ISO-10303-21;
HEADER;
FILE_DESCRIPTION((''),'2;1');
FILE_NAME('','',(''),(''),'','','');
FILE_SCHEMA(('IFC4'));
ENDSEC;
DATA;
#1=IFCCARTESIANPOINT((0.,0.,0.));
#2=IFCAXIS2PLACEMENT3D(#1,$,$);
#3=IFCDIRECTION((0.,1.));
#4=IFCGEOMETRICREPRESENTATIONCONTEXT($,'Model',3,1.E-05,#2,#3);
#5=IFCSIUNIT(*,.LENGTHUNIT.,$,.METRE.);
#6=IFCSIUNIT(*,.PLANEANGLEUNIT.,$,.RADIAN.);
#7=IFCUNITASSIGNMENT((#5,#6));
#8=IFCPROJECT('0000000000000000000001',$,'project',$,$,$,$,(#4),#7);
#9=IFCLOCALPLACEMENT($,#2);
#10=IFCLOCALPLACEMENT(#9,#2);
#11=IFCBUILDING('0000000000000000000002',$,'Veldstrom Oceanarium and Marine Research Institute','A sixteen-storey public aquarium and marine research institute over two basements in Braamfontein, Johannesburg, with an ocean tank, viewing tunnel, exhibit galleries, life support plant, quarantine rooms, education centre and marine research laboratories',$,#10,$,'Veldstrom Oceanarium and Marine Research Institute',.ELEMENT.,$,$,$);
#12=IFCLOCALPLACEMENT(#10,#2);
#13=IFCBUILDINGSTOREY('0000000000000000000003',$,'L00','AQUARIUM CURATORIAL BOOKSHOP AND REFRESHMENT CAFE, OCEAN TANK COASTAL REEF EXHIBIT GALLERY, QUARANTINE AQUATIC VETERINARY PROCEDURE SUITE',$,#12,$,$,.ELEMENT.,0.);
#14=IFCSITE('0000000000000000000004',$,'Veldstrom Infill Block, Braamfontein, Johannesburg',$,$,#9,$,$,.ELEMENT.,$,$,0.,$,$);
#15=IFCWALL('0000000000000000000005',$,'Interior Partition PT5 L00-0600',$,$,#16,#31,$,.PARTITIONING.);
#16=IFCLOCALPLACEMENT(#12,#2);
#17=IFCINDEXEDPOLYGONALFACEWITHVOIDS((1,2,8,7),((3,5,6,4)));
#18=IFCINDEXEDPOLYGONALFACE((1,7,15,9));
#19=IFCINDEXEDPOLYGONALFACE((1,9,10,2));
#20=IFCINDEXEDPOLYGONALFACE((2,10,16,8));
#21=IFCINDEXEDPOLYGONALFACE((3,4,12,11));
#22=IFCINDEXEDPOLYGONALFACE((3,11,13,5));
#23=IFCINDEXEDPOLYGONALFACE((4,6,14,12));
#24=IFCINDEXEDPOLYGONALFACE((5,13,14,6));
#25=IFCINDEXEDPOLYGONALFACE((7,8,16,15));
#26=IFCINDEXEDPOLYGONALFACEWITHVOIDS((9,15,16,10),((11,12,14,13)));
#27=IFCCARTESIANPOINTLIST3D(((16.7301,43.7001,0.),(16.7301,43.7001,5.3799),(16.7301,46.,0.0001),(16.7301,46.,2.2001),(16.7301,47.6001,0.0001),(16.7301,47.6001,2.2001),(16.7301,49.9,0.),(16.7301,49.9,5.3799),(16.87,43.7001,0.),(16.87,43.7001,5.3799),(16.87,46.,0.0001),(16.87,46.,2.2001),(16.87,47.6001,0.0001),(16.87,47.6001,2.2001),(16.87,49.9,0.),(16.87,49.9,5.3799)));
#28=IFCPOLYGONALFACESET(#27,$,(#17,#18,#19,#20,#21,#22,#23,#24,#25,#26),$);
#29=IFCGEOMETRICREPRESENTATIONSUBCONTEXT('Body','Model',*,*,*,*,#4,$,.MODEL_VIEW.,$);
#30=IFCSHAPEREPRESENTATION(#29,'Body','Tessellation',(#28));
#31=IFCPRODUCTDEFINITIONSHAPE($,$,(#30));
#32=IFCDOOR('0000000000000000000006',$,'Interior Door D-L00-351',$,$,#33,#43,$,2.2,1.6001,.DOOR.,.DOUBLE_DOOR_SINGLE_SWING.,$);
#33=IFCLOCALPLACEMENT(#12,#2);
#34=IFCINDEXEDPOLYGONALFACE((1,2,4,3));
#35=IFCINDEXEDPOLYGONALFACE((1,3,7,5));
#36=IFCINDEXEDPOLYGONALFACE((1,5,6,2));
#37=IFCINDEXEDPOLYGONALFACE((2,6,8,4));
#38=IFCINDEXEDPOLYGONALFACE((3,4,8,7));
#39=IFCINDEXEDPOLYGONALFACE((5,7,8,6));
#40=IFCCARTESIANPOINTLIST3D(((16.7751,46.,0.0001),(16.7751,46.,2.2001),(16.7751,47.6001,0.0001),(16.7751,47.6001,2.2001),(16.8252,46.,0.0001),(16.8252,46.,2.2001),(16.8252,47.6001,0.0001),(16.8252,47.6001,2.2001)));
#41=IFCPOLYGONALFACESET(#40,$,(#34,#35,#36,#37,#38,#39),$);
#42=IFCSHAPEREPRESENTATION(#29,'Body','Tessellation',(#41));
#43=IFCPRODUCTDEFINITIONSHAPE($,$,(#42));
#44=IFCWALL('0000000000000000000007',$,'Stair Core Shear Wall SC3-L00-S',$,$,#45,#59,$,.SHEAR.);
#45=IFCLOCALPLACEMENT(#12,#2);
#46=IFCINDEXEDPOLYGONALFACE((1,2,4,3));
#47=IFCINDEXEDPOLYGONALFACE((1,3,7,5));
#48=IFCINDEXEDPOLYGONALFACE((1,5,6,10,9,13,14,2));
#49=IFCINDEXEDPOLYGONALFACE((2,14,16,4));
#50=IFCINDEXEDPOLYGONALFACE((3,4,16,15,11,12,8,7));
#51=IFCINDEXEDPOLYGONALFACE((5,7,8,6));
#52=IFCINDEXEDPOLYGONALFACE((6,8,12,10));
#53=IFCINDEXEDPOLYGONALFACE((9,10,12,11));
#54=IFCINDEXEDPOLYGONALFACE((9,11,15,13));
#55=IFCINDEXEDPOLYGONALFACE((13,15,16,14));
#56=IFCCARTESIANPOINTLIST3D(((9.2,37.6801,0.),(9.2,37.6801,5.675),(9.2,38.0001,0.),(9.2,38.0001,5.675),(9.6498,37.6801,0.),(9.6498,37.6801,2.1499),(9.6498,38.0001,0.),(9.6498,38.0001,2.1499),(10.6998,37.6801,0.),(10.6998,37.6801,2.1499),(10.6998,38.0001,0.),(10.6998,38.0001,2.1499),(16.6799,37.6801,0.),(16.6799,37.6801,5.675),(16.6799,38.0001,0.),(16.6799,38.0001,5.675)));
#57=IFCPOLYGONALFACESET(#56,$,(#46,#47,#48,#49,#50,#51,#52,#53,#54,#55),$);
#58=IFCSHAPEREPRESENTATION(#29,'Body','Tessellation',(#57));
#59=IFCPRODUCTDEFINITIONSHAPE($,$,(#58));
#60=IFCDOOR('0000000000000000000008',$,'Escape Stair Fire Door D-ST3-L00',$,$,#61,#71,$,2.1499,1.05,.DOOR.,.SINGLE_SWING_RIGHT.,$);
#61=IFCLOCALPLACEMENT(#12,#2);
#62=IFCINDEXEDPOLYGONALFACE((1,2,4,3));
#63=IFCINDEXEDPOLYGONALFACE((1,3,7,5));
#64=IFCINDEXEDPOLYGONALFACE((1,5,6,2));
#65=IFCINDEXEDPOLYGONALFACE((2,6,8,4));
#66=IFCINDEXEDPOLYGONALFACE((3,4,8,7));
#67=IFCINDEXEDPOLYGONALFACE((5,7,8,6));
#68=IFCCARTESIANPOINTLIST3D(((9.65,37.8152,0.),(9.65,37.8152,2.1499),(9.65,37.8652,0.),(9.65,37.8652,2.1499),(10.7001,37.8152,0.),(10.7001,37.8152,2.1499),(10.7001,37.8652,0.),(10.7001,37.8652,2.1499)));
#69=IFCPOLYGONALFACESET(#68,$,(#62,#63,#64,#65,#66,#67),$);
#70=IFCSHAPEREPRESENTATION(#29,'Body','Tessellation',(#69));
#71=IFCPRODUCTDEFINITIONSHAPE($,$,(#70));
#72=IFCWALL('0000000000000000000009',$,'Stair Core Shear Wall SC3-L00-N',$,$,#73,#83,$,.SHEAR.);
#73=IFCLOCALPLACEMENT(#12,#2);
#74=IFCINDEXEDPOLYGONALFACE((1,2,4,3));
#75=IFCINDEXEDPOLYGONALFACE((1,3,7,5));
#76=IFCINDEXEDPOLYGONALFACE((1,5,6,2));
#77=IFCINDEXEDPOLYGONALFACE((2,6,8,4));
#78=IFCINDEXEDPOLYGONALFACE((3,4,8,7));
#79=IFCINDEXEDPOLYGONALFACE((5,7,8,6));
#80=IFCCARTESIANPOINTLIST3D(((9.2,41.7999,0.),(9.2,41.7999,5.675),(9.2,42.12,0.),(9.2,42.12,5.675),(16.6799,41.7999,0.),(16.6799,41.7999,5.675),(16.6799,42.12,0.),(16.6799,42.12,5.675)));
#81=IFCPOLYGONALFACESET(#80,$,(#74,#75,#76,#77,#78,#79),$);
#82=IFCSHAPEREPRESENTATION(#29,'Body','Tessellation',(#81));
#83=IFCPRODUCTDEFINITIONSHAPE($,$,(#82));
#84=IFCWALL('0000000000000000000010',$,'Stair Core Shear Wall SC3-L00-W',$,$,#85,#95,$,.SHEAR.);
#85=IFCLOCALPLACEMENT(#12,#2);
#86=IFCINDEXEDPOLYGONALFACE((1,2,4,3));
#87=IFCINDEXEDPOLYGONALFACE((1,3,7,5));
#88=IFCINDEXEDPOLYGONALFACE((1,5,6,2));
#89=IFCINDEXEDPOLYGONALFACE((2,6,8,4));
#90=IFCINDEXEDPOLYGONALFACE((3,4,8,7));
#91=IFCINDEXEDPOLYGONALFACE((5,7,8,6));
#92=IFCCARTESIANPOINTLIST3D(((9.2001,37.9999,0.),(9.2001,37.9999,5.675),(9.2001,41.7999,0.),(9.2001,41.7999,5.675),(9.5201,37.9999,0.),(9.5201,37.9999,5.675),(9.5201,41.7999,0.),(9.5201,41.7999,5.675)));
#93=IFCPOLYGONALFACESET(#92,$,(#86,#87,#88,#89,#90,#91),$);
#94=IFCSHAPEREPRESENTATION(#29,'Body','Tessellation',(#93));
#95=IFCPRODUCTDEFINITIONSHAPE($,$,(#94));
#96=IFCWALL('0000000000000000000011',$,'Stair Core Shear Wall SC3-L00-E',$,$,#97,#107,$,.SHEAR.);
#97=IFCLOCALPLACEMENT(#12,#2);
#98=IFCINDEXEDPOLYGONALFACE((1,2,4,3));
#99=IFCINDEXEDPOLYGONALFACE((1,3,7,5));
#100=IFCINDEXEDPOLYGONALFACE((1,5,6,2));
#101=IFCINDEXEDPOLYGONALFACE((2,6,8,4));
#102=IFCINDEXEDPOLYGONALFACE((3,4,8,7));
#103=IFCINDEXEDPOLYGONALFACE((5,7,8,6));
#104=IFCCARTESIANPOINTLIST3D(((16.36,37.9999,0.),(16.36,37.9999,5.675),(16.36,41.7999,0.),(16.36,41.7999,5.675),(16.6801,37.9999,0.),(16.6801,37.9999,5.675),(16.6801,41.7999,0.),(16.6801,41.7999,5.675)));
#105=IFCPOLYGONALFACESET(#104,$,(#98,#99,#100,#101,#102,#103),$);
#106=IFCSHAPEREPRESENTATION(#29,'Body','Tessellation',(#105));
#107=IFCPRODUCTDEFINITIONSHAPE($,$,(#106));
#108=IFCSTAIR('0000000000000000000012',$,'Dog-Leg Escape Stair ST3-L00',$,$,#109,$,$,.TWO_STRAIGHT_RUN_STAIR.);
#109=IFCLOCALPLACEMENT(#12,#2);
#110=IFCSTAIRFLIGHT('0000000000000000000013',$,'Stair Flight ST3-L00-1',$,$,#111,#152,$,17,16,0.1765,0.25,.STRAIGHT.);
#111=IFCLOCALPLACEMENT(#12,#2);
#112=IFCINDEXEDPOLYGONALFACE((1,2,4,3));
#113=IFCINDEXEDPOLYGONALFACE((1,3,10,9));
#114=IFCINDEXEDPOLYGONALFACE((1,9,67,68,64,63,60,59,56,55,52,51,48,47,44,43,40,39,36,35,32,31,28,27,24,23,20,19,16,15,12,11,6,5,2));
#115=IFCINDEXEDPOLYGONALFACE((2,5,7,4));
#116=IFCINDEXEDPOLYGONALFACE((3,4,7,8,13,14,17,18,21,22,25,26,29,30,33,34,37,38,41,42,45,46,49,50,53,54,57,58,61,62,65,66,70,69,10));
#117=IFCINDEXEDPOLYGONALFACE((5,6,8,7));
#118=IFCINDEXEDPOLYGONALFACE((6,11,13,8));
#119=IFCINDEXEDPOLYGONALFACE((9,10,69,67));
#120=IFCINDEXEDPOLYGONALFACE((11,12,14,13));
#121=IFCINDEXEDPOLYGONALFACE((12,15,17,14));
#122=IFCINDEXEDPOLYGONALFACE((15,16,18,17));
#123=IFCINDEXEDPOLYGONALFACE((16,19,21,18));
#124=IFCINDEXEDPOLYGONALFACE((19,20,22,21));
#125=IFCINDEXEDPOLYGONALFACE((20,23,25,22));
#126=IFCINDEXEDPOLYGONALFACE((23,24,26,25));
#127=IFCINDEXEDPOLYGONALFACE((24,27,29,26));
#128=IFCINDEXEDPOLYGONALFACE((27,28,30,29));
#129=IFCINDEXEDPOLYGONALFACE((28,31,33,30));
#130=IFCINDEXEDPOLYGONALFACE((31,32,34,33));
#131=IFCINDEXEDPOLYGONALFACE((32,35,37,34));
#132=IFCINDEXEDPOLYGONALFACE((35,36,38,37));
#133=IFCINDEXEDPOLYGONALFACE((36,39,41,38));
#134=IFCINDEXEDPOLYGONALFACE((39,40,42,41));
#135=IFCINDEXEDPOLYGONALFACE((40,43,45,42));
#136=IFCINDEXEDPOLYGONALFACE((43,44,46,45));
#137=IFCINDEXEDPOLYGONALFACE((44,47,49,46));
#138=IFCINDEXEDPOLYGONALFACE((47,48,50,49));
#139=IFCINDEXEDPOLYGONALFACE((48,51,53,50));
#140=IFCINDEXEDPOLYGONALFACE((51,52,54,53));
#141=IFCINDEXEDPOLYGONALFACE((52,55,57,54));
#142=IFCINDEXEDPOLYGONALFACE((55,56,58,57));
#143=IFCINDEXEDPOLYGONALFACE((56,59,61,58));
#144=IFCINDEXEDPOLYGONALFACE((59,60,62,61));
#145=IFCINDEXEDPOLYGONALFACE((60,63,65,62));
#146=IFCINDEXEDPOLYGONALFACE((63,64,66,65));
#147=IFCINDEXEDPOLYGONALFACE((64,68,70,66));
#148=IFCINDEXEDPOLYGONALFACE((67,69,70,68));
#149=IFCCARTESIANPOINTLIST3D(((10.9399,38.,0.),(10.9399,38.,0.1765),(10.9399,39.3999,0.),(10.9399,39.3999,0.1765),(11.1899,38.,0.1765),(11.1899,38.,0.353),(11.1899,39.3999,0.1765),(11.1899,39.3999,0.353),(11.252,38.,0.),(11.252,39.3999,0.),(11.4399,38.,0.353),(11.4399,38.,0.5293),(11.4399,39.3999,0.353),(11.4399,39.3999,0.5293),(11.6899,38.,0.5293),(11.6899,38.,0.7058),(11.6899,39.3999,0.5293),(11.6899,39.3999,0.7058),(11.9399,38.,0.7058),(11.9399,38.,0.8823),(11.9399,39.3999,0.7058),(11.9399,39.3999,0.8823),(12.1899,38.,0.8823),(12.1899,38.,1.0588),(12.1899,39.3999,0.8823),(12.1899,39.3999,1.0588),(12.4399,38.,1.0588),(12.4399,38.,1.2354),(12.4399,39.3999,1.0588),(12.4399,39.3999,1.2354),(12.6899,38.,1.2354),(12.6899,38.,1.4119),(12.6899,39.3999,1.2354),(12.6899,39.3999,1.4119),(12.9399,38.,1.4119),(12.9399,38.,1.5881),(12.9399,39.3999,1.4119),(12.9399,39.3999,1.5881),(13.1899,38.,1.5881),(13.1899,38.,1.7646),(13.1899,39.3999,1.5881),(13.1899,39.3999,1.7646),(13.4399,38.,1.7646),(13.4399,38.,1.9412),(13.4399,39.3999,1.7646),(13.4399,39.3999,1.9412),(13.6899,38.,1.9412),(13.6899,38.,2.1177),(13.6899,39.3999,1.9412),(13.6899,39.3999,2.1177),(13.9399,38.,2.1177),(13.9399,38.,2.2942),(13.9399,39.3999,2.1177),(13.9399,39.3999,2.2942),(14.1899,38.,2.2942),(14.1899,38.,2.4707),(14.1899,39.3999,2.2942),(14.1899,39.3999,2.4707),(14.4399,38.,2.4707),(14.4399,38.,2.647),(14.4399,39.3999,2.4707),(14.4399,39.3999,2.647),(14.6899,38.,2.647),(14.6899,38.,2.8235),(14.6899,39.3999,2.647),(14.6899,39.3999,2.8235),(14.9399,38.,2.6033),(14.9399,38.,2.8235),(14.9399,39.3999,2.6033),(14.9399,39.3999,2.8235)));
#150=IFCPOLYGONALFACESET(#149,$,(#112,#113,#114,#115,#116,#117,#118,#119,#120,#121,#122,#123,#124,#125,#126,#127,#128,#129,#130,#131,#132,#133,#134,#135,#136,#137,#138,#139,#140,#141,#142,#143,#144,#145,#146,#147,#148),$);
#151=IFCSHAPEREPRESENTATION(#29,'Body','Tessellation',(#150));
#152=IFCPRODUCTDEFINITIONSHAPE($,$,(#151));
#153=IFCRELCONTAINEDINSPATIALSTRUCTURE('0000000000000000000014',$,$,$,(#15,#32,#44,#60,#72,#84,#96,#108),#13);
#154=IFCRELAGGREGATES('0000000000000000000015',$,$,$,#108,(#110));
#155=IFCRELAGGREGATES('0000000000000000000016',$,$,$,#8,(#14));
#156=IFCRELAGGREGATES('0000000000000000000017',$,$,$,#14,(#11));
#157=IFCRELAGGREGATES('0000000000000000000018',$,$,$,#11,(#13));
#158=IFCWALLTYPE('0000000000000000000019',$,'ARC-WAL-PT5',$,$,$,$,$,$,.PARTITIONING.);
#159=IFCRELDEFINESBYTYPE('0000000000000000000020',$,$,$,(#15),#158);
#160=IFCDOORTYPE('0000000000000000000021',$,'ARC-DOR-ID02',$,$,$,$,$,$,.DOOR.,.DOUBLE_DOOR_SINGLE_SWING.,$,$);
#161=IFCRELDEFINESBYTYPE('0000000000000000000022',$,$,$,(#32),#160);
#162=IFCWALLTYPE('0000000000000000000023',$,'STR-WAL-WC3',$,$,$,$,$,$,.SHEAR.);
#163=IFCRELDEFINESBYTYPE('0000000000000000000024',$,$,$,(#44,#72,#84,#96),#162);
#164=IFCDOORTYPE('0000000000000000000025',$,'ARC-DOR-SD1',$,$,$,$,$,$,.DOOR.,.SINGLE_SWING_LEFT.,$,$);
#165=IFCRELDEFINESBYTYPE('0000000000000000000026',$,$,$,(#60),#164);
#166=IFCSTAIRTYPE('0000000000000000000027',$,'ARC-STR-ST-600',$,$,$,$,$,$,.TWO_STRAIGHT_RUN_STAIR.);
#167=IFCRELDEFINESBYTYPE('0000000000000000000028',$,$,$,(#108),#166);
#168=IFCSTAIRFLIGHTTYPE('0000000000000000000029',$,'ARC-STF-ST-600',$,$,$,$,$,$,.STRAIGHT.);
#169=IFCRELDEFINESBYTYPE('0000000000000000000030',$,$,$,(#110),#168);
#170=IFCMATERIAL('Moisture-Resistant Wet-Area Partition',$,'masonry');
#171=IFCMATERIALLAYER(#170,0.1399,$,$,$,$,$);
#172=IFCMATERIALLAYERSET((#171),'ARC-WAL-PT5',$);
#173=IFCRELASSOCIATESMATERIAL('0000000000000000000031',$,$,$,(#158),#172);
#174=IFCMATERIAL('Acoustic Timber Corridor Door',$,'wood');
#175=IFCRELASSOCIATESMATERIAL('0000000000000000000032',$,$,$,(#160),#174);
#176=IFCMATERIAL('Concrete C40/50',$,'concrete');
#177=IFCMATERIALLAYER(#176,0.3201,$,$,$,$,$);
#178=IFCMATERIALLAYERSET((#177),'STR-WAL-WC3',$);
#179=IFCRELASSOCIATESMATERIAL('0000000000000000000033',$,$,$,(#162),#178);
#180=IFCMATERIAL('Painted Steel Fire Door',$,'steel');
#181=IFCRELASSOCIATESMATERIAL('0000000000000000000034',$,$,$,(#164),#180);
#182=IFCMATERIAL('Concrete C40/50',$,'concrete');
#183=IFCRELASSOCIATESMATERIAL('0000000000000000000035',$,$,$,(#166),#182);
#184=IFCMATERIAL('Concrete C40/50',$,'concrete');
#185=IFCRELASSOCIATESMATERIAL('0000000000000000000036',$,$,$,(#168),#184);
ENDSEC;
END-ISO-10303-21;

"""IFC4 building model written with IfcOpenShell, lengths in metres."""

from ifc_helpers import new_model, si_unit, direction, frame, frame_2d, origin, place, context, subcontext, project, spatial, polyline, rectangle, outline, extrude, material, layer, layer_set, type_object, element, fill, aggregate, save


model = new_model("IFC4")

# Units and contexts
model_context = context("Model", 3, precision=1e-05, world=origin(), true_north=direction((0.0, 1.0)))
body_context = subcontext(model_context, "Body", "Model", "MODEL_VIEW")
ifc_project = project(units=[si_unit("LENGTHUNIT", "METRE"), si_unit("PLANEANGLEUNIT", "RADIAN")], contexts=[model_context])

# Site, building, storey
site_placement = place(None, origin())
site = spatial("IfcSite", under=ifc_project, at=site_placement, Name="Veldstrom Infill Block, Braamfontein, Johannesburg", CompositionType="ELEMENT", RefElevation=0.0)
building_placement = place(site_placement, origin())
building = spatial("IfcBuilding", under=site, at=building_placement, Name="Veldstrom Oceanarium and Marine Research Institute", Description="A sixteen-storey public aquarium and marine research institute over two basements in Braamfontein, Johannesburg, with an ocean tank, viewing tunnel, exhibit galleries, life support plant, quarantine rooms, education centre and marine research laboratories", LongName="Veldstrom Oceanarium and Marine Research Institute", CompositionType="ELEMENT")
storey_placement = place(building_placement, origin())
storey = spatial("IfcBuildingStorey", under=building, at=storey_placement, Name="L00", Description="AQUARIUM CURATORIAL BOOKSHOP AND REFRESHMENT CAFE, OCEAN TANK COASTAL REEF EXHIBIT GALLERY, QUARANTINE AQUATIC VETERINARY PROCEDURE SUITE", CompositionType="ELEMENT", Elevation=0.0)

# Walls, openings, doors
ifc_material_1 = material(Name="Moisture-Resistant Wet-Area Partition", Category="masonry")
ifc_layer_1 = layer(ifc_material_1, 0.1399)
ifc_layer_set_1 = layer_set([ifc_layer_1], Name="ARC-WAL-PT5")
wall_type_1 = type_object("IfcWallType", Name="ARC-WAL-PT5", PredefinedType="PARTITIONING", material=ifc_layer_set_1)
wall_1_placement = place(storey_placement, frame((16.8, 43.7, 0.0), z_axis=(0.0, 0.0, 1.0), x_axis=(0.0, 1.0, 0.0)))
wall_1 = element("IfcWall", 1, at=wall_1_placement, inside=storey, type_object=wall_type_1, Name="Interior Partition PT5 L00-0600", PredefinedType="PARTITIONING", context=body_context, shape_type="SweptSolid", body=[
    extrude(rectangle(XDim=6.2, YDim=0.1399, at=frame_2d((3.1001, 0.0))), origin(), (0.0, 0.0, 1.0), 5.3799),
])
opening_1_placement = place(wall_1_placement, frame((2.3, 0.0, 0.0)))
opening_1 = element("IfcOpeningElement", 2, at=opening_1_placement, cuts=wall_1, PredefinedType="OPENING", context=body_context, shape_type="SweptSolid", body=[
    extrude(rectangle(XDim=1.6001, YDim=2.2, at=frame_2d((0.8, 1.1001))), frame((0.0, 0.0798, 0.0), z_axis=(0.0, -1.0, 0.0), x_axis=(1.0, 0.0, 0.0)), (0.0, 0.0, 1.0), 0.1599),
])
ifc_material_2 = material(Name="Acoustic Timber Corridor Door", Category="wood")
door_type_1 = type_object("IfcDoorType", Name="ARC-DOR-ID02", OperationType="DOUBLE_DOOR_SINGLE_SWING", PredefinedType="DOOR", material=ifc_material_2)
door_1_placement = place(opening_1_placement, origin())
door_1 = element("IfcDoor", 3, at=door_1_placement, inside=storey, type_object=door_type_1, Name="Interior Door D-L00-351", OperationType="DOUBLE_DOOR_SINGLE_SWING", OverallHeight=2.2, OverallWidth=1.6001, PredefinedType="DOOR", context=body_context, shape_type="SweptSolid", body=[
    extrude(rectangle(XDim=1.6001, YDim=2.2, at=frame_2d((0.8, 1.1001))), frame((0.0, 0.0249, 0.0), z_axis=(0.0, -1.0, 0.0), x_axis=(1.0, 0.0, 0.0)), (0.0, 0.0, 1.0), 0.05),
])
fill(opening_1, door_1)
ifc_material_3 = material(Name="Concrete C40/50", Category="concrete")
ifc_layer_2 = layer(ifc_material_3, 0.3201)
ifc_layer_set_2 = layer_set([ifc_layer_2], Name="STR-WAL-WC3")
wall_type_2 = type_object("IfcWallType", Name="STR-WAL-WC3", PredefinedType="SHEAR", material=ifc_layer_set_2)
wall_2_placement = place(storey_placement, frame((9.2, 37.8401, 0.0), z_axis=(0.0, 0.0, 1.0), x_axis=(1.0, 0.0, 0.0)))
wall_2 = element("IfcWall", 4, at=wall_2_placement, inside=storey, type_object=wall_type_2, Name="Stair Core Shear Wall SC3-L00-S", PredefinedType="SHEAR", context=body_context, shape_type="SweptSolid", body=[
    extrude(rectangle(XDim=7.48, YDim=0.3201, at=frame_2d((3.74, 0.0))), origin(), (0.0, 0.0, 1.0), 5.675),
])
opening_2_placement = place(wall_2_placement, frame((0.45, 0.0, 0.0)))
opening_2 = element("IfcOpeningElement", 5, at=opening_2_placement, cuts=wall_2, PredefinedType="OPENING", context=body_context, shape_type="SweptSolid", body=[
    extrude(rectangle(XDim=1.05, YDim=2.1499, at=frame_2d((0.5249, 1.075))), frame((0.0, 0.1699, 0.0), z_axis=(0.0, -1.0, 0.0), x_axis=(1.0, 0.0, 0.0)), (0.0, 0.0, 1.0), 0.3401),
])
ifc_material_4 = material(Name="Painted Steel Fire Door", Category="steel")
door_type_2 = type_object("IfcDoorType", Name="ARC-DOR-SD1", OperationType="SINGLE_SWING_LEFT", PredefinedType="DOOR", material=ifc_material_4)
door_2_placement = place(opening_2_placement, frame((1.05, 0.0, 0.0), z_axis=(0.0, 0.0, 1.0), x_axis=(-1.0, 0.0, 0.0)))
door_2 = element("IfcDoor", 6, at=door_2_placement, inside=storey, type_object=door_type_2, Name="Escape Stair Fire Door D-ST3-L00", OperationType="SINGLE_SWING_RIGHT", OverallHeight=2.1499, OverallWidth=1.05, PredefinedType="DOOR", context=body_context, shape_type="SweptSolid", body=[
    extrude(rectangle(XDim=1.05, YDim=2.1499, at=frame_2d((0.5249, 1.075))), frame((0.0, 0.0249, 0.0), z_axis=(0.0, -1.0, 0.0), x_axis=(1.0, 0.0, 0.0)), (0.0, 0.0, 1.0), 0.05),
])
fill(opening_2, door_2)

# Walls
wall_3_placement = place(storey_placement, frame((9.2, 41.96, 0.0), z_axis=(0.0, 0.0, 1.0), x_axis=(1.0, 0.0, 0.0)))
element("IfcWall", 7, at=wall_3_placement, inside=storey, type_object=wall_type_2, Name="Stair Core Shear Wall SC3-L00-N", PredefinedType="SHEAR", context=body_context, shape_type="SweptSolid", body=[
    extrude(rectangle(XDim=7.48, YDim=0.3201, at=frame_2d((3.74, 0.0))), origin(), (0.0, 0.0, 1.0), 5.675),
])
for number, where, z_axis, x_axis, name in (
    (8, (9.3601, 38.0, 0.0), (0.0, 0.0, 1.0), (0.0, 1.0, 0.0), "Stair Core Shear Wall SC3-L00-W"),
    (9, (16.52, 38.0, 0.0), (0.0, 0.0, 1.0), (0.0, 1.0, 0.0), "Stair Core Shear Wall SC3-L00-E"),
):
    element("IfcWall", number, at=place(storey_placement, frame(where, z_axis=z_axis, x_axis=x_axis)), inside=storey, type_object=wall_type_2, Name=name, PredefinedType="SHEAR", context=body_context, shape_type="SweptSolid", body=[
        extrude(rectangle(XDim=3.8, YDim=0.3201, at=frame_2d((1.8999, 0.0))), origin(), (0.0, 0.0, 1.0), 5.675),
    ])

# Stair, stair flight
ifc_material_5 = material(Name="Concrete C40/50", Category="concrete")
stair_type = type_object("IfcStairType", Name="ARC-STR-ST-600", PredefinedType="TWO_STRAIGHT_RUN_STAIR", material=ifc_material_5)
stair_placement = place(storey_placement, origin())
stair = element("IfcStair", 10, at=stair_placement, inside=storey, type_object=stair_type, Name="Dog-Leg Escape Stair ST3-L00", PredefinedType="TWO_STRAIGHT_RUN_STAIR")
ifc_material_6 = material(Name="Concrete C40/50", Category="concrete")
stair_flight_type = type_object("IfcStairFlightType", Name="ARC-STF-ST-600", PredefinedType="STRAIGHT", material=ifc_material_6)
stair_flight_1_placement = place(storey_placement, frame((10.9399, 38.7, 0.0), z_axis=(0.0, 0.0, 1.0), x_axis=(1.0, 0.0, 0.0)))
stair_flight_1 = element("IfcStairFlight", 11, at=stair_flight_1_placement, type_object=stair_flight_type, Name="Stair Flight ST3-L00-1", NumberOfRisers=17, NumberOfTreads=16, PredefinedType="STRAIGHT", RiserHeight=0.1765, TreadLength=0.25, context=body_context, shape_type="SweptSolid", body=[
    extrude(outline(polyline([(0.0, 0.0), (0.0, 0.1765), (0.25, 0.1765), (0.25, 0.353), (0.5, 0.353), (0.5, 0.5293), (0.75, 0.5293), (0.75, 0.7058), (1.0, 0.7058), (1.0, 0.8823), (1.25, 0.8823), (1.25, 1.0588), (1.5, 1.0588), (1.5, 1.2354), (1.75, 1.2354), (1.75, 1.4119), (2.0, 1.4119), (2.0, 1.5881), (2.25, 1.5881), (2.25, 1.7646), (2.5, 1.7646), (2.5, 1.9412), (2.75, 1.9412), (2.75, 2.1177), (3.0, 2.1177), (3.0, 2.2942), (3.25, 2.2942), (3.25, 2.4707), (3.5, 2.4707), (3.5, 2.647), (3.75, 2.647), (3.75, 2.8235), (4.0, 2.8235), (4.0, 3.0), (4.0, 2.6033), (0.312, 0.0), (0.0, 0.0)])), frame((0.0, 0.7, 0.0), z_axis=(0.0, -1.0, 0.0), x_axis=(1.0, 0.0, 0.0)), (0.0, 0.0, 1.0), 1.3999),
])
aggregate(stair, [stair_flight_1])

save(model, "model.ifc")
